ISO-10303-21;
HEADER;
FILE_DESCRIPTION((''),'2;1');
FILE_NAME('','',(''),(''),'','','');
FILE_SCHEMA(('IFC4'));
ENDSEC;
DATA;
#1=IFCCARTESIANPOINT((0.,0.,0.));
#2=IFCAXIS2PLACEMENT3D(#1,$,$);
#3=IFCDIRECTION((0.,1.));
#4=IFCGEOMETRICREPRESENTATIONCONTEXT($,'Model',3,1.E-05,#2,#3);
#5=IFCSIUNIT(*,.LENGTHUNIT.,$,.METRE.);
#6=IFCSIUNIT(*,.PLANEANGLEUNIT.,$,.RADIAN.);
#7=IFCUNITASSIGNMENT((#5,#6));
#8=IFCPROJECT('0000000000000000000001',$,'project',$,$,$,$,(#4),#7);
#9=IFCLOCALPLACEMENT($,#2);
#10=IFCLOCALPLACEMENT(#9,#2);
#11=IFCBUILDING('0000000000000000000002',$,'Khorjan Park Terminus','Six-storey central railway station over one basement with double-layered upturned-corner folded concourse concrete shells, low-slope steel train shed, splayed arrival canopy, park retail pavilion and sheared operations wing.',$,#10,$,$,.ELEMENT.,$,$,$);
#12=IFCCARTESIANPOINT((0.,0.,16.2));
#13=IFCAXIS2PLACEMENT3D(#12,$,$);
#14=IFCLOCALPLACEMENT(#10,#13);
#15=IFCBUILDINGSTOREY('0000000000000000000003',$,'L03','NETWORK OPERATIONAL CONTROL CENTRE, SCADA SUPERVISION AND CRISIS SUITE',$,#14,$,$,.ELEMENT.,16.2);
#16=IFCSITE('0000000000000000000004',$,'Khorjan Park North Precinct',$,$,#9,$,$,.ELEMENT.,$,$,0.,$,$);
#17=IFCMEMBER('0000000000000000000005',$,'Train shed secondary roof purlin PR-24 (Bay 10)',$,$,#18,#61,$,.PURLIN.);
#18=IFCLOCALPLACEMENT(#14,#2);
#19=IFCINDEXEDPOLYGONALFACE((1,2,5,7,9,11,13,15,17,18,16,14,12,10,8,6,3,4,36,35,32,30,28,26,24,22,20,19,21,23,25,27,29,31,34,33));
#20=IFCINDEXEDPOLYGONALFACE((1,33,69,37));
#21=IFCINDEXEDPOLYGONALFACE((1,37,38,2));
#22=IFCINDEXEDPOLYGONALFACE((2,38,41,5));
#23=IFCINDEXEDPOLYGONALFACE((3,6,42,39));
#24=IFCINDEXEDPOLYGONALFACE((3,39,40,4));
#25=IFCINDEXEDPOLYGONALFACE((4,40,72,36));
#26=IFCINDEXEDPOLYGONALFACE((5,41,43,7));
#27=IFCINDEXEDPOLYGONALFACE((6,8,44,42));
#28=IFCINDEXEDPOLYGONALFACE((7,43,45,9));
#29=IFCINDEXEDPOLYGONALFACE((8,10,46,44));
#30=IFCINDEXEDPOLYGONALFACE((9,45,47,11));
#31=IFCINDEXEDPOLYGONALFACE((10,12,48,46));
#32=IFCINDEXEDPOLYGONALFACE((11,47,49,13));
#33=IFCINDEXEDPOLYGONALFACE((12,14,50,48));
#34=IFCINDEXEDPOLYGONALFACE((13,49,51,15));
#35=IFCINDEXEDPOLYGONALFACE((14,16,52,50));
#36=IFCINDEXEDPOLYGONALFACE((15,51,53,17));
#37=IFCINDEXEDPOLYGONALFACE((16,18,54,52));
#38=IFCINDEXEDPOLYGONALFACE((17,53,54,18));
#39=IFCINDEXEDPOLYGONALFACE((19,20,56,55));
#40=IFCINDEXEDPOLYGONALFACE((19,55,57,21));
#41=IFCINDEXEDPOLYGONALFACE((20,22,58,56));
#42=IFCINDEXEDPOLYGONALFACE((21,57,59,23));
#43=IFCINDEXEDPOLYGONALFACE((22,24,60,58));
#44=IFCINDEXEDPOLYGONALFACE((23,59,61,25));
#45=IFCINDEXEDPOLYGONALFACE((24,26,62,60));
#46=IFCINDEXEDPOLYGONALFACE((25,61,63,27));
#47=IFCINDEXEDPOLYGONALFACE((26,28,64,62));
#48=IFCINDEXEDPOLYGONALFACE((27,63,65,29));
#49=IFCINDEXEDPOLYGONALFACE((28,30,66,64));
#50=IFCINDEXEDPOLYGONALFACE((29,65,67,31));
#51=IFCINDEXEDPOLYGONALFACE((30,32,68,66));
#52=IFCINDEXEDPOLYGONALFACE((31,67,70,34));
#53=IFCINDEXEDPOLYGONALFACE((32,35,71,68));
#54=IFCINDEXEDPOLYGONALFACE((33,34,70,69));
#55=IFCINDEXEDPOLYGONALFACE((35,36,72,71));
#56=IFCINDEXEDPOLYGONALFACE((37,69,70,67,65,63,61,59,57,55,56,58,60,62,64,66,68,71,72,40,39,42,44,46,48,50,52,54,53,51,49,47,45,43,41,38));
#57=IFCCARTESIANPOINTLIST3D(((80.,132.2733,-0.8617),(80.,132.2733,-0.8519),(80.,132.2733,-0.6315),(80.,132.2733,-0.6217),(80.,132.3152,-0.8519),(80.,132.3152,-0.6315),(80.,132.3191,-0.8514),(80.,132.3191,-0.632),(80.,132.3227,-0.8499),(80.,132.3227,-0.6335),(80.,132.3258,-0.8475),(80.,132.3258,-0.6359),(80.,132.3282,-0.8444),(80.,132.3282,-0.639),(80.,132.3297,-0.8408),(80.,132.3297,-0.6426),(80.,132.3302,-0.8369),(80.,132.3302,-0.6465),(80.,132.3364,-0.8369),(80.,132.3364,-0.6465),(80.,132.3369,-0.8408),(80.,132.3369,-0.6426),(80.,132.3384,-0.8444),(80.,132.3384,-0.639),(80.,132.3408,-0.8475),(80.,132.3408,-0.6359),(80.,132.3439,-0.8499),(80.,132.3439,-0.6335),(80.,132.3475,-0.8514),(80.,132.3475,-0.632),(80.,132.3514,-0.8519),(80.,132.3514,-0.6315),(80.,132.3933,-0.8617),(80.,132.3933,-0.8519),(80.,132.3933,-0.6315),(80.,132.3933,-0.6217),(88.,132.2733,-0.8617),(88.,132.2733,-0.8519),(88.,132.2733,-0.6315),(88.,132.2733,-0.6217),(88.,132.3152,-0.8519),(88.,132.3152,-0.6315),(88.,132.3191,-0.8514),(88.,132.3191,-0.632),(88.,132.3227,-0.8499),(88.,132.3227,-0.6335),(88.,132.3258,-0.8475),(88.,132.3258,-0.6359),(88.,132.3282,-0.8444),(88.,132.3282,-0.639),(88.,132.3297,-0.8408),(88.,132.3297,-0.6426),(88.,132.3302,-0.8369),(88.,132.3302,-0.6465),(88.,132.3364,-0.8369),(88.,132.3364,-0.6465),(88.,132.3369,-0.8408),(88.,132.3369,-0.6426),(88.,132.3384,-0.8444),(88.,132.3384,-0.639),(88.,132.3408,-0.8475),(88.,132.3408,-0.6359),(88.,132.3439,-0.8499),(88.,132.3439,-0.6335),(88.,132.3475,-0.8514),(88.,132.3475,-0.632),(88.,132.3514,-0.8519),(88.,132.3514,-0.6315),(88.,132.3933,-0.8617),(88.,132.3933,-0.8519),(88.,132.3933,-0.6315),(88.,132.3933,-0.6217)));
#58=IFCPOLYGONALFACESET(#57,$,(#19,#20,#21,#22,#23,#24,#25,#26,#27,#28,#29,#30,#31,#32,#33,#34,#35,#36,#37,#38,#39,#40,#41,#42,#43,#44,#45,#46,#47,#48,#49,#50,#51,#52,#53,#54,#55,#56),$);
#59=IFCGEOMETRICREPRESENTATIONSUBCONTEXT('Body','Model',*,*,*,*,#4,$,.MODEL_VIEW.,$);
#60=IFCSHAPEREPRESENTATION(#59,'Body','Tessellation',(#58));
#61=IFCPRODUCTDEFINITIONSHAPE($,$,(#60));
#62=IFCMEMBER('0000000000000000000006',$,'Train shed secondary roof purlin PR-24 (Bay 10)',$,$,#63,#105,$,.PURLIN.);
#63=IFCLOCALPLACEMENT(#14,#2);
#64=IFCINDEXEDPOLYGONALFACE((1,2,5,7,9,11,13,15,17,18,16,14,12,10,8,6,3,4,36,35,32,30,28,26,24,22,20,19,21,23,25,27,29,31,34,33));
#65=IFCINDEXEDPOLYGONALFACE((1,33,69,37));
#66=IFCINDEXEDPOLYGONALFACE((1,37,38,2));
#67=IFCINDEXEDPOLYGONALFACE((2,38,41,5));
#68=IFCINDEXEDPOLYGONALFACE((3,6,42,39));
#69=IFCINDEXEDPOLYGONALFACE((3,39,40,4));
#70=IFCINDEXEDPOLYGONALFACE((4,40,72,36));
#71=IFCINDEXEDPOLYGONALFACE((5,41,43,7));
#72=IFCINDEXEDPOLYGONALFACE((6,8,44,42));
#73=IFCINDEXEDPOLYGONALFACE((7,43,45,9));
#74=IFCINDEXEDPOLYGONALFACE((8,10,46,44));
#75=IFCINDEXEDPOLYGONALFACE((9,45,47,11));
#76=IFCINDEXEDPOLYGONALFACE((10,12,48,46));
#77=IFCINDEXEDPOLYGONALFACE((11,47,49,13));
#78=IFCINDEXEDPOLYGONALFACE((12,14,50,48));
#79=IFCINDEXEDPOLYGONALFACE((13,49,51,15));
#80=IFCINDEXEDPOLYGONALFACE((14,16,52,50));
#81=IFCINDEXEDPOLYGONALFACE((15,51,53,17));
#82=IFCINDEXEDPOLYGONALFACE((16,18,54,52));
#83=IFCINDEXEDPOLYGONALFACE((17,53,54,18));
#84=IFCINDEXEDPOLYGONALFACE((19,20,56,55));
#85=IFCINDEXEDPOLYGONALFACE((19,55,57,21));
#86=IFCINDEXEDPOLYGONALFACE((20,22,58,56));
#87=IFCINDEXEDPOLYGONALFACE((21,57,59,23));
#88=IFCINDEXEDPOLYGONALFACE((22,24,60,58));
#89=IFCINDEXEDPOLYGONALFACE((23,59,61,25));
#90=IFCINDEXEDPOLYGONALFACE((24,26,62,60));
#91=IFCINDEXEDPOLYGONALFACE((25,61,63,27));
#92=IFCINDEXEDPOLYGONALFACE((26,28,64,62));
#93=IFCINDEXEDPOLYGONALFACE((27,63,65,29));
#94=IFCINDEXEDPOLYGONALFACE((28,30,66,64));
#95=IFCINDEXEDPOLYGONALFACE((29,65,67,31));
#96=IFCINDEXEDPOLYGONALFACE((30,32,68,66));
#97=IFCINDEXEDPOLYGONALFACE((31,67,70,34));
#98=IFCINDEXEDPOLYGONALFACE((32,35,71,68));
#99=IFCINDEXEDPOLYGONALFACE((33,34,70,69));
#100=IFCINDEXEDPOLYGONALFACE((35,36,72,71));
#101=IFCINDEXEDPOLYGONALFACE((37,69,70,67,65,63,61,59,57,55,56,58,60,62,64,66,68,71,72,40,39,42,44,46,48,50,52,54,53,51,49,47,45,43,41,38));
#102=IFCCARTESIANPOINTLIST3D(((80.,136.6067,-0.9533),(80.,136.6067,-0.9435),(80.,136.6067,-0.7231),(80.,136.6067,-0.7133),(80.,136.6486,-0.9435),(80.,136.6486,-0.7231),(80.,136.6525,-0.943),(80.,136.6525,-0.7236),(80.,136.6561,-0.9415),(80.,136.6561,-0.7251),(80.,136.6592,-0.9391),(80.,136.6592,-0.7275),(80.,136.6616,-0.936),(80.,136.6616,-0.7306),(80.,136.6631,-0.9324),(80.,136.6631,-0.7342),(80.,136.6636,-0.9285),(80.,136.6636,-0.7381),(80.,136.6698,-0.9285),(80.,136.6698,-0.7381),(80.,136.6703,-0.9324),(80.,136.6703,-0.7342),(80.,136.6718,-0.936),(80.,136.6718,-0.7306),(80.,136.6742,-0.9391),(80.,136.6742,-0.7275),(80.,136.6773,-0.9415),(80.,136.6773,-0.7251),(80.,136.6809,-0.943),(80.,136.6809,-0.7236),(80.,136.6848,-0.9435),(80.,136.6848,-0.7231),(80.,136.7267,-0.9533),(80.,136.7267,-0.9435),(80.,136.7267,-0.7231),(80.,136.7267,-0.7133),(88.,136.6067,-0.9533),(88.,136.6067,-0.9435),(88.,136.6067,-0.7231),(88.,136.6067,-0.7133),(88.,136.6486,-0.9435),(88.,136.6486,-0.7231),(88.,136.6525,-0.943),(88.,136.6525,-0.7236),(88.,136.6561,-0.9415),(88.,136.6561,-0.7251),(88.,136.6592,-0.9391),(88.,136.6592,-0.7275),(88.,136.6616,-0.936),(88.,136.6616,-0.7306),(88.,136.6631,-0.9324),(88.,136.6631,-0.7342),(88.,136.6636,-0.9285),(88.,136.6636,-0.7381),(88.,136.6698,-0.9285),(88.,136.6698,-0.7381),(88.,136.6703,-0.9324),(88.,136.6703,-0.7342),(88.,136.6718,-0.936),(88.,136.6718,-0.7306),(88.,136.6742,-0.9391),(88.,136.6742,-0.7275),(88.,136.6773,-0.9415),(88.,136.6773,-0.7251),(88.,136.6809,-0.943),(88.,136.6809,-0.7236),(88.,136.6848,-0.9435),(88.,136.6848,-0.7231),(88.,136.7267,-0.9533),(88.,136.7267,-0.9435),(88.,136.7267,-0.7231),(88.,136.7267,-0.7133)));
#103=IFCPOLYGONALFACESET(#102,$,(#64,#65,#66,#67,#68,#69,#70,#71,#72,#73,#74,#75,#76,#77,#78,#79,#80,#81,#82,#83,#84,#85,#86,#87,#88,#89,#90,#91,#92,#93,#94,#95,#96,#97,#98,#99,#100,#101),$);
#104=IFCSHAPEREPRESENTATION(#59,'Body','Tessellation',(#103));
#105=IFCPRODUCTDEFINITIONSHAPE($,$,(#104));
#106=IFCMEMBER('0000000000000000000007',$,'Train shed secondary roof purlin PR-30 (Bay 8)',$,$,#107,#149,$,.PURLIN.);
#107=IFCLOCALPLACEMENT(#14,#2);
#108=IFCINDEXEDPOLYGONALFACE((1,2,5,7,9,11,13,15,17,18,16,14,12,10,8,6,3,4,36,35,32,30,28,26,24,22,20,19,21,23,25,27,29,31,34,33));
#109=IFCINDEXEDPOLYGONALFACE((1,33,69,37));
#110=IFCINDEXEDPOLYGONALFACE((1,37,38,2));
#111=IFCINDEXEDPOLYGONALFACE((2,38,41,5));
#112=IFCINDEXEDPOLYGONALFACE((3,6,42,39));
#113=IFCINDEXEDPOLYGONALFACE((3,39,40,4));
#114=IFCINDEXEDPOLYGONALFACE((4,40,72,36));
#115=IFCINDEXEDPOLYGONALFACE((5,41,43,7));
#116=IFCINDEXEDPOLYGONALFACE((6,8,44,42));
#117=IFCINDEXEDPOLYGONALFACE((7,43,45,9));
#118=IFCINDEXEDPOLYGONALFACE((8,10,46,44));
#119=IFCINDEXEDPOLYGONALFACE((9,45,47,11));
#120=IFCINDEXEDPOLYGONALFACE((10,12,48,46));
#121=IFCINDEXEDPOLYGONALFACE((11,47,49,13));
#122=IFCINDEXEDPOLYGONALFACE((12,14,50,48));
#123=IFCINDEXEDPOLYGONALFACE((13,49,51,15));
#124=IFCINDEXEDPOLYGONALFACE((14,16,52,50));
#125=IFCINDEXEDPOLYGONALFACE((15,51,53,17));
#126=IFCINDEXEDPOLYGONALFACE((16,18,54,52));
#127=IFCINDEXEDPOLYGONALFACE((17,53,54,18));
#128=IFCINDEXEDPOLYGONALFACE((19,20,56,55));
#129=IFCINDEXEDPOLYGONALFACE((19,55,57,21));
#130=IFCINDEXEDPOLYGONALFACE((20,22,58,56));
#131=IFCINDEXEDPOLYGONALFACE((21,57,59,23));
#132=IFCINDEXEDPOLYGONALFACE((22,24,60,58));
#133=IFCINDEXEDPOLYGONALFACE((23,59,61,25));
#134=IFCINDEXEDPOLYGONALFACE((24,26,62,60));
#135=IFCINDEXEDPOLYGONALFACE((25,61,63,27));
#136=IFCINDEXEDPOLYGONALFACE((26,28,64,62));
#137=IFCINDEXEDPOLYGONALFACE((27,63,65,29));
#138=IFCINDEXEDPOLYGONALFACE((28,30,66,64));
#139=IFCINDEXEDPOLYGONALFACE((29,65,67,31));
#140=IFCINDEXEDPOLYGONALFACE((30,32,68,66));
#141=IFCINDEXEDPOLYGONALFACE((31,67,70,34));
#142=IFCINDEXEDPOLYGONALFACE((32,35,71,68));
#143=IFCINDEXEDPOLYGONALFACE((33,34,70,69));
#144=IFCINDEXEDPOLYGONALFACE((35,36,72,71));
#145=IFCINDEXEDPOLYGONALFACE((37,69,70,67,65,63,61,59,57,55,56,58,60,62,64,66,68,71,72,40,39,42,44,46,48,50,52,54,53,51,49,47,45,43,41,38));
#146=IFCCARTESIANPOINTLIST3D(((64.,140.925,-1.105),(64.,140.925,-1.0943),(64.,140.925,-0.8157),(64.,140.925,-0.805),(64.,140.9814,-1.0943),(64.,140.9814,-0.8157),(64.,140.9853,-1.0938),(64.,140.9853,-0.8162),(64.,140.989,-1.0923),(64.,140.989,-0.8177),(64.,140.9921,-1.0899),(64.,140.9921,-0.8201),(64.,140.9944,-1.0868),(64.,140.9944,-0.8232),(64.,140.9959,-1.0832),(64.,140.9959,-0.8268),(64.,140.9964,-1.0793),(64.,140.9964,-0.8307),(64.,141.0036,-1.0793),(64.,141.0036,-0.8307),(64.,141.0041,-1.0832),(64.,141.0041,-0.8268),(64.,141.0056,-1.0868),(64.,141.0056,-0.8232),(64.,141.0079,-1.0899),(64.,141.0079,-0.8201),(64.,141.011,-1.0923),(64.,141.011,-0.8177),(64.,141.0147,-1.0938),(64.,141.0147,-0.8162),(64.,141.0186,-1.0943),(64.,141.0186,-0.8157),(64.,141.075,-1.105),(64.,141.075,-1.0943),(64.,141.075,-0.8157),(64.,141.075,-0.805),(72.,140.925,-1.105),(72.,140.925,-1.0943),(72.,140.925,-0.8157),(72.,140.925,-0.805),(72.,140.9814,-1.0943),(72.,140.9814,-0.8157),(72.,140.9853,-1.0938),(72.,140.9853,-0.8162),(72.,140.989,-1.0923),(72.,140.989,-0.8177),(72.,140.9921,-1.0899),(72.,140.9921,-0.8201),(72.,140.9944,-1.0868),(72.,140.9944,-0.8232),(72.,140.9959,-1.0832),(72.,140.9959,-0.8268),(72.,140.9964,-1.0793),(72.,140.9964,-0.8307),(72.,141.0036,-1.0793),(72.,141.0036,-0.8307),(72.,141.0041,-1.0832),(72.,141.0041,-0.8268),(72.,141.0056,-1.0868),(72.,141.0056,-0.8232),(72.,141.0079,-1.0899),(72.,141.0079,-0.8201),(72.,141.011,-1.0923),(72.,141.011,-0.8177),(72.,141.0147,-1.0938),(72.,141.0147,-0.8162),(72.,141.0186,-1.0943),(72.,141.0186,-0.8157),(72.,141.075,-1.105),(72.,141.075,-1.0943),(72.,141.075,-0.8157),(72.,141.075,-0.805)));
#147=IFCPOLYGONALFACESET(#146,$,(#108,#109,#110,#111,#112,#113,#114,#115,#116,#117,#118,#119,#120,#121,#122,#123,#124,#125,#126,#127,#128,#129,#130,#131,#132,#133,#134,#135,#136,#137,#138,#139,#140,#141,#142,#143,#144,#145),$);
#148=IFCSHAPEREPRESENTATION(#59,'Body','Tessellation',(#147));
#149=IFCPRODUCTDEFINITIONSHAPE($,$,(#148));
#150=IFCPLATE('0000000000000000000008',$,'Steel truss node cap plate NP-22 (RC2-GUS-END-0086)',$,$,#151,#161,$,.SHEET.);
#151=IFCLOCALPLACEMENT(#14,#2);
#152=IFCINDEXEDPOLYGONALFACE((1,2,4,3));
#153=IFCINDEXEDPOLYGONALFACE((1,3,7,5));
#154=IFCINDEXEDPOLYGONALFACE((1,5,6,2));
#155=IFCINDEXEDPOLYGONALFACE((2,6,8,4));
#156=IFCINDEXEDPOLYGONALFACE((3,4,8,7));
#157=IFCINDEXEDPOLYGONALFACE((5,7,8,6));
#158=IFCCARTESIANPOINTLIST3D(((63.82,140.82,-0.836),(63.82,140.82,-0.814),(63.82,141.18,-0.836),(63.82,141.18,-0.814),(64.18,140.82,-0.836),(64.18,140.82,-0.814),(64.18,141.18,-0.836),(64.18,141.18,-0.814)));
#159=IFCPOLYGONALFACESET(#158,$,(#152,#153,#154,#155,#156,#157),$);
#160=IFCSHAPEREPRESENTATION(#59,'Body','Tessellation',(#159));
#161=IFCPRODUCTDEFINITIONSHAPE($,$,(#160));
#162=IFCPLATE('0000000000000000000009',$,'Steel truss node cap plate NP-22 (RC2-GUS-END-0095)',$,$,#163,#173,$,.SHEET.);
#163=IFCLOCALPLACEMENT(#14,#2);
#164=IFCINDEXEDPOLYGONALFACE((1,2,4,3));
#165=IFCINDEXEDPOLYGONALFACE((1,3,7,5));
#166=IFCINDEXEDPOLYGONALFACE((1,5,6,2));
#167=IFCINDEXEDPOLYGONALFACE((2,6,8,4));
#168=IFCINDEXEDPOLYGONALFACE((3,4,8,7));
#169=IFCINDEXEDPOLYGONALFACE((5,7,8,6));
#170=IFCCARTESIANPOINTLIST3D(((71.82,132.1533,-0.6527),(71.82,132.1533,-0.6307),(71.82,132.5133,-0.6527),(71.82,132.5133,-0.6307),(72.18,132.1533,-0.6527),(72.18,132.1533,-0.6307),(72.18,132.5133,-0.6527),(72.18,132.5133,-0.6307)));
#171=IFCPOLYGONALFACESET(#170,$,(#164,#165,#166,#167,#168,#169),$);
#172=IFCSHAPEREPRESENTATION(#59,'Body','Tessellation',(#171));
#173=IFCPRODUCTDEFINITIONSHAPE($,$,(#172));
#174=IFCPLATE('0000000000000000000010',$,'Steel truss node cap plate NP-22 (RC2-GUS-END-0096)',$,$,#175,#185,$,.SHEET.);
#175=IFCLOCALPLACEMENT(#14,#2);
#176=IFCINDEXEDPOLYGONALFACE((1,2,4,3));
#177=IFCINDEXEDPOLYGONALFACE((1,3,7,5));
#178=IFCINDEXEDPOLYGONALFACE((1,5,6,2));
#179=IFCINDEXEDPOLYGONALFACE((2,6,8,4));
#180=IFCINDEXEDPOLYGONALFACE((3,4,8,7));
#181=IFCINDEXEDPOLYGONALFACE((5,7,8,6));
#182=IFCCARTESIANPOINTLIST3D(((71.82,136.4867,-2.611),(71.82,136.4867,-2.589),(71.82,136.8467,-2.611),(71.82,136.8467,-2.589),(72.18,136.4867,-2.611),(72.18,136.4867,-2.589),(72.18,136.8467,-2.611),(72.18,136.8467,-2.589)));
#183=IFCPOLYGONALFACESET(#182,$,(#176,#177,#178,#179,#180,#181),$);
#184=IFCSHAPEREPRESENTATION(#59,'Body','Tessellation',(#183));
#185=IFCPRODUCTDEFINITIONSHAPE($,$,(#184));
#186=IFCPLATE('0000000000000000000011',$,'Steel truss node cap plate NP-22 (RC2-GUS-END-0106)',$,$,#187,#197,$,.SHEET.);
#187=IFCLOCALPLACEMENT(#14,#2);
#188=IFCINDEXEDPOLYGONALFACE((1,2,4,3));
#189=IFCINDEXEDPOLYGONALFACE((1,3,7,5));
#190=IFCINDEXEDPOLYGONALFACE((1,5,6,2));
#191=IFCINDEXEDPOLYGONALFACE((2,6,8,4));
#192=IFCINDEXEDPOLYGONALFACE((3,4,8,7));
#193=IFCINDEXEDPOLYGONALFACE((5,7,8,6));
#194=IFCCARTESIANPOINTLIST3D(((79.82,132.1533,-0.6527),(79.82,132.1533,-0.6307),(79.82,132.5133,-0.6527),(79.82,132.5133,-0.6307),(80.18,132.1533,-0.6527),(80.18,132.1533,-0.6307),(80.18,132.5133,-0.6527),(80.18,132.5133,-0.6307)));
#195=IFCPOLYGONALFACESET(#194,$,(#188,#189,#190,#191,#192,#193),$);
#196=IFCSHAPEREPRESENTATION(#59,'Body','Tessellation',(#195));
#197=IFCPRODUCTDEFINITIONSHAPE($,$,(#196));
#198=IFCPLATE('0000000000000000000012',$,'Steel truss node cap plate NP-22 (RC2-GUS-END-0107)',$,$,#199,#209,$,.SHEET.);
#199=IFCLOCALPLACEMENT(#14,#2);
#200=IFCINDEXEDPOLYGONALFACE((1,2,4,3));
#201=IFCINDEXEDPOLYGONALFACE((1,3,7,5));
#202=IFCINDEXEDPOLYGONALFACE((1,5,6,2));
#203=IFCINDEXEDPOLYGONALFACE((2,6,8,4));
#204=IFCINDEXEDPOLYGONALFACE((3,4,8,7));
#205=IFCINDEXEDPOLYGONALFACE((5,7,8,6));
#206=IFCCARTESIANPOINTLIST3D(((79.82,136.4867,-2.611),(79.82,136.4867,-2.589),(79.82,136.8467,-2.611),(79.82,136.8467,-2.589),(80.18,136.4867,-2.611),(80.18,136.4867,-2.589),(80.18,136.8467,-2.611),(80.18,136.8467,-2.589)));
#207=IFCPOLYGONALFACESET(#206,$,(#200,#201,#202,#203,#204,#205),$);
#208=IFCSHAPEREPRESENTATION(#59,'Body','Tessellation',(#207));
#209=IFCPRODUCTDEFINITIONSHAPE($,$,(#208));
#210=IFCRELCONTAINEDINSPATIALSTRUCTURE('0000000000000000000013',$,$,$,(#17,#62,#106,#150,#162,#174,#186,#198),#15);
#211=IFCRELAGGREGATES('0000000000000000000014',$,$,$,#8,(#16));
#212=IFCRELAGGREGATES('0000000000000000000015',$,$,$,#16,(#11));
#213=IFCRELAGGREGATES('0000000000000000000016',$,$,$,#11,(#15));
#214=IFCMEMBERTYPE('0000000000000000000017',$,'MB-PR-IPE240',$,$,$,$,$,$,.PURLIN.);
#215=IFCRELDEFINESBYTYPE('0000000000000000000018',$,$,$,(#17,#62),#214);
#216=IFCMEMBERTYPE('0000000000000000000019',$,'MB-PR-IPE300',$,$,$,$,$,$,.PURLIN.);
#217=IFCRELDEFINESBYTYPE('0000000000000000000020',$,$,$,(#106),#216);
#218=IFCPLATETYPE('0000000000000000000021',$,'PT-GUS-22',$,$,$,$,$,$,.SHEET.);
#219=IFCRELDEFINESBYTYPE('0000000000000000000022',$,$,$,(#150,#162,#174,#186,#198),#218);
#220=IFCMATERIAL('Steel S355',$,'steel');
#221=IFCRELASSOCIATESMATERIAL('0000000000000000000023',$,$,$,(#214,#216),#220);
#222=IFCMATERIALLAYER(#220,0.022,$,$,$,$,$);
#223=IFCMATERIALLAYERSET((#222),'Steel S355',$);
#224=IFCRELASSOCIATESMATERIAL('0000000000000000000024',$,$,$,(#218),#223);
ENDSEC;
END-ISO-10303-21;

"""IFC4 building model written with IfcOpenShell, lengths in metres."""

from ifc_helpers import new_model, si_unit, direction, frame, origin, origin_2d, place, context, subcontext, project, spatial, rectangle, i_section, extrude, material, layer, layer_set, material_profile, profile_set, type_object, element, save


model = new_model("IFC4")

# Units and contexts
model_context = context("Model", 3, precision=1e-05, world=origin(), true_north=direction((0.0, 1.0)))
body_context = subcontext(model_context, "Body", "Model", "MODEL_VIEW")
ifc_project = project(units=[si_unit("LENGTHUNIT", "METRE"), si_unit("PLANEANGLEUNIT", "RADIAN")], contexts=[model_context])

# Site, building, storey
site_placement = place(None, origin())
site = spatial("IfcSite", under=ifc_project, at=site_placement, Name="Khorjan Park North Precinct", CompositionType="ELEMENT", RefElevation=0.0)
building_placement = place(site_placement, origin())
building = spatial("IfcBuilding", under=site, at=building_placement, Name="Khorjan Park Terminus", Description="Six-storey central railway station over one basement with double-layered upturned-corner folded concourse concrete shells, low-slope steel train shed, splayed arrival canopy, park retail pavilion and sheared operations wing.", CompositionType="ELEMENT")
storey_placement = place(building_placement, frame((0.0, 0.0, 16.2)))
storey = spatial("IfcBuildingStorey", under=building, at=storey_placement, Name="L03", Description="NETWORK OPERATIONAL CONTROL CENTRE, SCADA SUPERVISION AND CRISIS SUITE", CompositionType="ELEMENT", Elevation=16.2)

# Members
ifc_material = material(Name="Steel S355", Category="steel")
ifc_material_profile_1 = material_profile(ifc_material, i_section(OverallWidth=0.12, OverallDepth=0.24, WebThickness=0.0062, FlangeThickness=0.0098, FilletRadius=0.015, at=origin_2d()), Name="IPE 240")
ifc_profile_set_1 = profile_set([ifc_material_profile_1], Name="Steel S355")
member_type_1 = type_object("IfcMemberType", Name="MB-PR-IPE240", PredefinedType="PURLIN", material=ifc_profile_set_1)
for number, where, z_axis, x_axis, name in (
    (1, (80.0, 132.3333, -0.7417), (1.0, 0.0, 0.0), (0.0, 1.0, 0.0), "Train shed secondary roof purlin PR-24 (Bay 10)"),
    (2, (80.0, 136.6667, -0.8333), (1.0, 0.0, 0.0), (0.0, 1.0, 0.0), "Train shed secondary roof purlin PR-24 (Bay 10)"),
):
    element("IfcMember", number, at=place(storey_placement, frame(where, z_axis=z_axis, x_axis=x_axis)), inside=storey, type_object=member_type_1, Name=name, PredefinedType="PURLIN", context=body_context, shape_type="SweptSolid", body=[
        extrude(i_section(OverallWidth=0.12, OverallDepth=0.24, WebThickness=0.0062, FlangeThickness=0.0098, FilletRadius=0.015, at=origin_2d()), origin(), (0.0, 0.0, 1.0), 8.0),
    ])
ifc_material_profile_2 = material_profile(ifc_material, i_section(OverallWidth=0.15, OverallDepth=0.3, WebThickness=0.0071, FlangeThickness=0.0107, FilletRadius=0.015, at=origin_2d()), Name="IPE 300")
ifc_profile_set_2 = profile_set([ifc_material_profile_2], Name="Steel S355")
member_type_2 = type_object("IfcMemberType", Name="MB-PR-IPE300", PredefinedType="PURLIN", material=ifc_profile_set_2)
member_1_placement = place(storey_placement, frame((64.0, 141.0, -0.955), z_axis=(1.0, 0.0, 0.0), x_axis=(0.0, 1.0, 0.0)))
element("IfcMember", 3, at=member_1_placement, inside=storey, type_object=member_type_2, Name="Train shed secondary roof purlin PR-30 (Bay 8)", PredefinedType="PURLIN", context=body_context, shape_type="SweptSolid", body=[
    extrude(i_section(OverallWidth=0.15, OverallDepth=0.3, WebThickness=0.0071, FlangeThickness=0.0107, FilletRadius=0.015, at=origin_2d()), origin(), (0.0, 0.0, 1.0), 8.0),
])

# Plates
ifc_layer = layer(ifc_material, 0.022)
ifc_layer_set = layer_set([ifc_layer], Name="Steel S355")
plate_type = type_object("IfcPlateType", Name="PT-GUS-22", PredefinedType="SHEET", material=ifc_layer_set)
for number, where, z_axis, x_axis, name in (
    (4, (64.0, 141.0, -0.836), (0.0, 0.0, 1.0), (1.0, 0.0, 0.0), "Steel truss node cap plate NP-22 (RC2-GUS-END-0086)"),
    (5, (72.0, 132.3333, -0.6527), (0.0, 0.0, 1.0), (1.0, 0.0, 0.0), "Steel truss node cap plate NP-22 (RC2-GUS-END-0095)"),
    (6, (72.0, 136.6667, -2.611), (0.0, 0.0, 1.0), (1.0, 0.0, 0.0), "Steel truss node cap plate NP-22 (RC2-GUS-END-0096)"),
    (7, (80.0, 132.3333, -0.6527), (0.0, 0.0, 1.0), (1.0, 0.0, 0.0), "Steel truss node cap plate NP-22 (RC2-GUS-END-0106)"),
    (8, (80.0, 136.6667, -2.611), (0.0, 0.0, 1.0), (1.0, 0.0, 0.0), "Steel truss node cap plate NP-22 (RC2-GUS-END-0107)"),
):
    element("IfcPlate", number, at=place(storey_placement, frame(where, z_axis=z_axis, x_axis=x_axis)), inside=storey, type_object=plate_type, Name=name, PredefinedType="SHEET", context=body_context, shape_type="SweptSolid", body=[
        extrude(rectangle(XDim=0.36, YDim=0.36, at=origin_2d()), origin(), (0.0, 0.0, 1.0), 0.022),
    ])

save(model, "model.ifc")
